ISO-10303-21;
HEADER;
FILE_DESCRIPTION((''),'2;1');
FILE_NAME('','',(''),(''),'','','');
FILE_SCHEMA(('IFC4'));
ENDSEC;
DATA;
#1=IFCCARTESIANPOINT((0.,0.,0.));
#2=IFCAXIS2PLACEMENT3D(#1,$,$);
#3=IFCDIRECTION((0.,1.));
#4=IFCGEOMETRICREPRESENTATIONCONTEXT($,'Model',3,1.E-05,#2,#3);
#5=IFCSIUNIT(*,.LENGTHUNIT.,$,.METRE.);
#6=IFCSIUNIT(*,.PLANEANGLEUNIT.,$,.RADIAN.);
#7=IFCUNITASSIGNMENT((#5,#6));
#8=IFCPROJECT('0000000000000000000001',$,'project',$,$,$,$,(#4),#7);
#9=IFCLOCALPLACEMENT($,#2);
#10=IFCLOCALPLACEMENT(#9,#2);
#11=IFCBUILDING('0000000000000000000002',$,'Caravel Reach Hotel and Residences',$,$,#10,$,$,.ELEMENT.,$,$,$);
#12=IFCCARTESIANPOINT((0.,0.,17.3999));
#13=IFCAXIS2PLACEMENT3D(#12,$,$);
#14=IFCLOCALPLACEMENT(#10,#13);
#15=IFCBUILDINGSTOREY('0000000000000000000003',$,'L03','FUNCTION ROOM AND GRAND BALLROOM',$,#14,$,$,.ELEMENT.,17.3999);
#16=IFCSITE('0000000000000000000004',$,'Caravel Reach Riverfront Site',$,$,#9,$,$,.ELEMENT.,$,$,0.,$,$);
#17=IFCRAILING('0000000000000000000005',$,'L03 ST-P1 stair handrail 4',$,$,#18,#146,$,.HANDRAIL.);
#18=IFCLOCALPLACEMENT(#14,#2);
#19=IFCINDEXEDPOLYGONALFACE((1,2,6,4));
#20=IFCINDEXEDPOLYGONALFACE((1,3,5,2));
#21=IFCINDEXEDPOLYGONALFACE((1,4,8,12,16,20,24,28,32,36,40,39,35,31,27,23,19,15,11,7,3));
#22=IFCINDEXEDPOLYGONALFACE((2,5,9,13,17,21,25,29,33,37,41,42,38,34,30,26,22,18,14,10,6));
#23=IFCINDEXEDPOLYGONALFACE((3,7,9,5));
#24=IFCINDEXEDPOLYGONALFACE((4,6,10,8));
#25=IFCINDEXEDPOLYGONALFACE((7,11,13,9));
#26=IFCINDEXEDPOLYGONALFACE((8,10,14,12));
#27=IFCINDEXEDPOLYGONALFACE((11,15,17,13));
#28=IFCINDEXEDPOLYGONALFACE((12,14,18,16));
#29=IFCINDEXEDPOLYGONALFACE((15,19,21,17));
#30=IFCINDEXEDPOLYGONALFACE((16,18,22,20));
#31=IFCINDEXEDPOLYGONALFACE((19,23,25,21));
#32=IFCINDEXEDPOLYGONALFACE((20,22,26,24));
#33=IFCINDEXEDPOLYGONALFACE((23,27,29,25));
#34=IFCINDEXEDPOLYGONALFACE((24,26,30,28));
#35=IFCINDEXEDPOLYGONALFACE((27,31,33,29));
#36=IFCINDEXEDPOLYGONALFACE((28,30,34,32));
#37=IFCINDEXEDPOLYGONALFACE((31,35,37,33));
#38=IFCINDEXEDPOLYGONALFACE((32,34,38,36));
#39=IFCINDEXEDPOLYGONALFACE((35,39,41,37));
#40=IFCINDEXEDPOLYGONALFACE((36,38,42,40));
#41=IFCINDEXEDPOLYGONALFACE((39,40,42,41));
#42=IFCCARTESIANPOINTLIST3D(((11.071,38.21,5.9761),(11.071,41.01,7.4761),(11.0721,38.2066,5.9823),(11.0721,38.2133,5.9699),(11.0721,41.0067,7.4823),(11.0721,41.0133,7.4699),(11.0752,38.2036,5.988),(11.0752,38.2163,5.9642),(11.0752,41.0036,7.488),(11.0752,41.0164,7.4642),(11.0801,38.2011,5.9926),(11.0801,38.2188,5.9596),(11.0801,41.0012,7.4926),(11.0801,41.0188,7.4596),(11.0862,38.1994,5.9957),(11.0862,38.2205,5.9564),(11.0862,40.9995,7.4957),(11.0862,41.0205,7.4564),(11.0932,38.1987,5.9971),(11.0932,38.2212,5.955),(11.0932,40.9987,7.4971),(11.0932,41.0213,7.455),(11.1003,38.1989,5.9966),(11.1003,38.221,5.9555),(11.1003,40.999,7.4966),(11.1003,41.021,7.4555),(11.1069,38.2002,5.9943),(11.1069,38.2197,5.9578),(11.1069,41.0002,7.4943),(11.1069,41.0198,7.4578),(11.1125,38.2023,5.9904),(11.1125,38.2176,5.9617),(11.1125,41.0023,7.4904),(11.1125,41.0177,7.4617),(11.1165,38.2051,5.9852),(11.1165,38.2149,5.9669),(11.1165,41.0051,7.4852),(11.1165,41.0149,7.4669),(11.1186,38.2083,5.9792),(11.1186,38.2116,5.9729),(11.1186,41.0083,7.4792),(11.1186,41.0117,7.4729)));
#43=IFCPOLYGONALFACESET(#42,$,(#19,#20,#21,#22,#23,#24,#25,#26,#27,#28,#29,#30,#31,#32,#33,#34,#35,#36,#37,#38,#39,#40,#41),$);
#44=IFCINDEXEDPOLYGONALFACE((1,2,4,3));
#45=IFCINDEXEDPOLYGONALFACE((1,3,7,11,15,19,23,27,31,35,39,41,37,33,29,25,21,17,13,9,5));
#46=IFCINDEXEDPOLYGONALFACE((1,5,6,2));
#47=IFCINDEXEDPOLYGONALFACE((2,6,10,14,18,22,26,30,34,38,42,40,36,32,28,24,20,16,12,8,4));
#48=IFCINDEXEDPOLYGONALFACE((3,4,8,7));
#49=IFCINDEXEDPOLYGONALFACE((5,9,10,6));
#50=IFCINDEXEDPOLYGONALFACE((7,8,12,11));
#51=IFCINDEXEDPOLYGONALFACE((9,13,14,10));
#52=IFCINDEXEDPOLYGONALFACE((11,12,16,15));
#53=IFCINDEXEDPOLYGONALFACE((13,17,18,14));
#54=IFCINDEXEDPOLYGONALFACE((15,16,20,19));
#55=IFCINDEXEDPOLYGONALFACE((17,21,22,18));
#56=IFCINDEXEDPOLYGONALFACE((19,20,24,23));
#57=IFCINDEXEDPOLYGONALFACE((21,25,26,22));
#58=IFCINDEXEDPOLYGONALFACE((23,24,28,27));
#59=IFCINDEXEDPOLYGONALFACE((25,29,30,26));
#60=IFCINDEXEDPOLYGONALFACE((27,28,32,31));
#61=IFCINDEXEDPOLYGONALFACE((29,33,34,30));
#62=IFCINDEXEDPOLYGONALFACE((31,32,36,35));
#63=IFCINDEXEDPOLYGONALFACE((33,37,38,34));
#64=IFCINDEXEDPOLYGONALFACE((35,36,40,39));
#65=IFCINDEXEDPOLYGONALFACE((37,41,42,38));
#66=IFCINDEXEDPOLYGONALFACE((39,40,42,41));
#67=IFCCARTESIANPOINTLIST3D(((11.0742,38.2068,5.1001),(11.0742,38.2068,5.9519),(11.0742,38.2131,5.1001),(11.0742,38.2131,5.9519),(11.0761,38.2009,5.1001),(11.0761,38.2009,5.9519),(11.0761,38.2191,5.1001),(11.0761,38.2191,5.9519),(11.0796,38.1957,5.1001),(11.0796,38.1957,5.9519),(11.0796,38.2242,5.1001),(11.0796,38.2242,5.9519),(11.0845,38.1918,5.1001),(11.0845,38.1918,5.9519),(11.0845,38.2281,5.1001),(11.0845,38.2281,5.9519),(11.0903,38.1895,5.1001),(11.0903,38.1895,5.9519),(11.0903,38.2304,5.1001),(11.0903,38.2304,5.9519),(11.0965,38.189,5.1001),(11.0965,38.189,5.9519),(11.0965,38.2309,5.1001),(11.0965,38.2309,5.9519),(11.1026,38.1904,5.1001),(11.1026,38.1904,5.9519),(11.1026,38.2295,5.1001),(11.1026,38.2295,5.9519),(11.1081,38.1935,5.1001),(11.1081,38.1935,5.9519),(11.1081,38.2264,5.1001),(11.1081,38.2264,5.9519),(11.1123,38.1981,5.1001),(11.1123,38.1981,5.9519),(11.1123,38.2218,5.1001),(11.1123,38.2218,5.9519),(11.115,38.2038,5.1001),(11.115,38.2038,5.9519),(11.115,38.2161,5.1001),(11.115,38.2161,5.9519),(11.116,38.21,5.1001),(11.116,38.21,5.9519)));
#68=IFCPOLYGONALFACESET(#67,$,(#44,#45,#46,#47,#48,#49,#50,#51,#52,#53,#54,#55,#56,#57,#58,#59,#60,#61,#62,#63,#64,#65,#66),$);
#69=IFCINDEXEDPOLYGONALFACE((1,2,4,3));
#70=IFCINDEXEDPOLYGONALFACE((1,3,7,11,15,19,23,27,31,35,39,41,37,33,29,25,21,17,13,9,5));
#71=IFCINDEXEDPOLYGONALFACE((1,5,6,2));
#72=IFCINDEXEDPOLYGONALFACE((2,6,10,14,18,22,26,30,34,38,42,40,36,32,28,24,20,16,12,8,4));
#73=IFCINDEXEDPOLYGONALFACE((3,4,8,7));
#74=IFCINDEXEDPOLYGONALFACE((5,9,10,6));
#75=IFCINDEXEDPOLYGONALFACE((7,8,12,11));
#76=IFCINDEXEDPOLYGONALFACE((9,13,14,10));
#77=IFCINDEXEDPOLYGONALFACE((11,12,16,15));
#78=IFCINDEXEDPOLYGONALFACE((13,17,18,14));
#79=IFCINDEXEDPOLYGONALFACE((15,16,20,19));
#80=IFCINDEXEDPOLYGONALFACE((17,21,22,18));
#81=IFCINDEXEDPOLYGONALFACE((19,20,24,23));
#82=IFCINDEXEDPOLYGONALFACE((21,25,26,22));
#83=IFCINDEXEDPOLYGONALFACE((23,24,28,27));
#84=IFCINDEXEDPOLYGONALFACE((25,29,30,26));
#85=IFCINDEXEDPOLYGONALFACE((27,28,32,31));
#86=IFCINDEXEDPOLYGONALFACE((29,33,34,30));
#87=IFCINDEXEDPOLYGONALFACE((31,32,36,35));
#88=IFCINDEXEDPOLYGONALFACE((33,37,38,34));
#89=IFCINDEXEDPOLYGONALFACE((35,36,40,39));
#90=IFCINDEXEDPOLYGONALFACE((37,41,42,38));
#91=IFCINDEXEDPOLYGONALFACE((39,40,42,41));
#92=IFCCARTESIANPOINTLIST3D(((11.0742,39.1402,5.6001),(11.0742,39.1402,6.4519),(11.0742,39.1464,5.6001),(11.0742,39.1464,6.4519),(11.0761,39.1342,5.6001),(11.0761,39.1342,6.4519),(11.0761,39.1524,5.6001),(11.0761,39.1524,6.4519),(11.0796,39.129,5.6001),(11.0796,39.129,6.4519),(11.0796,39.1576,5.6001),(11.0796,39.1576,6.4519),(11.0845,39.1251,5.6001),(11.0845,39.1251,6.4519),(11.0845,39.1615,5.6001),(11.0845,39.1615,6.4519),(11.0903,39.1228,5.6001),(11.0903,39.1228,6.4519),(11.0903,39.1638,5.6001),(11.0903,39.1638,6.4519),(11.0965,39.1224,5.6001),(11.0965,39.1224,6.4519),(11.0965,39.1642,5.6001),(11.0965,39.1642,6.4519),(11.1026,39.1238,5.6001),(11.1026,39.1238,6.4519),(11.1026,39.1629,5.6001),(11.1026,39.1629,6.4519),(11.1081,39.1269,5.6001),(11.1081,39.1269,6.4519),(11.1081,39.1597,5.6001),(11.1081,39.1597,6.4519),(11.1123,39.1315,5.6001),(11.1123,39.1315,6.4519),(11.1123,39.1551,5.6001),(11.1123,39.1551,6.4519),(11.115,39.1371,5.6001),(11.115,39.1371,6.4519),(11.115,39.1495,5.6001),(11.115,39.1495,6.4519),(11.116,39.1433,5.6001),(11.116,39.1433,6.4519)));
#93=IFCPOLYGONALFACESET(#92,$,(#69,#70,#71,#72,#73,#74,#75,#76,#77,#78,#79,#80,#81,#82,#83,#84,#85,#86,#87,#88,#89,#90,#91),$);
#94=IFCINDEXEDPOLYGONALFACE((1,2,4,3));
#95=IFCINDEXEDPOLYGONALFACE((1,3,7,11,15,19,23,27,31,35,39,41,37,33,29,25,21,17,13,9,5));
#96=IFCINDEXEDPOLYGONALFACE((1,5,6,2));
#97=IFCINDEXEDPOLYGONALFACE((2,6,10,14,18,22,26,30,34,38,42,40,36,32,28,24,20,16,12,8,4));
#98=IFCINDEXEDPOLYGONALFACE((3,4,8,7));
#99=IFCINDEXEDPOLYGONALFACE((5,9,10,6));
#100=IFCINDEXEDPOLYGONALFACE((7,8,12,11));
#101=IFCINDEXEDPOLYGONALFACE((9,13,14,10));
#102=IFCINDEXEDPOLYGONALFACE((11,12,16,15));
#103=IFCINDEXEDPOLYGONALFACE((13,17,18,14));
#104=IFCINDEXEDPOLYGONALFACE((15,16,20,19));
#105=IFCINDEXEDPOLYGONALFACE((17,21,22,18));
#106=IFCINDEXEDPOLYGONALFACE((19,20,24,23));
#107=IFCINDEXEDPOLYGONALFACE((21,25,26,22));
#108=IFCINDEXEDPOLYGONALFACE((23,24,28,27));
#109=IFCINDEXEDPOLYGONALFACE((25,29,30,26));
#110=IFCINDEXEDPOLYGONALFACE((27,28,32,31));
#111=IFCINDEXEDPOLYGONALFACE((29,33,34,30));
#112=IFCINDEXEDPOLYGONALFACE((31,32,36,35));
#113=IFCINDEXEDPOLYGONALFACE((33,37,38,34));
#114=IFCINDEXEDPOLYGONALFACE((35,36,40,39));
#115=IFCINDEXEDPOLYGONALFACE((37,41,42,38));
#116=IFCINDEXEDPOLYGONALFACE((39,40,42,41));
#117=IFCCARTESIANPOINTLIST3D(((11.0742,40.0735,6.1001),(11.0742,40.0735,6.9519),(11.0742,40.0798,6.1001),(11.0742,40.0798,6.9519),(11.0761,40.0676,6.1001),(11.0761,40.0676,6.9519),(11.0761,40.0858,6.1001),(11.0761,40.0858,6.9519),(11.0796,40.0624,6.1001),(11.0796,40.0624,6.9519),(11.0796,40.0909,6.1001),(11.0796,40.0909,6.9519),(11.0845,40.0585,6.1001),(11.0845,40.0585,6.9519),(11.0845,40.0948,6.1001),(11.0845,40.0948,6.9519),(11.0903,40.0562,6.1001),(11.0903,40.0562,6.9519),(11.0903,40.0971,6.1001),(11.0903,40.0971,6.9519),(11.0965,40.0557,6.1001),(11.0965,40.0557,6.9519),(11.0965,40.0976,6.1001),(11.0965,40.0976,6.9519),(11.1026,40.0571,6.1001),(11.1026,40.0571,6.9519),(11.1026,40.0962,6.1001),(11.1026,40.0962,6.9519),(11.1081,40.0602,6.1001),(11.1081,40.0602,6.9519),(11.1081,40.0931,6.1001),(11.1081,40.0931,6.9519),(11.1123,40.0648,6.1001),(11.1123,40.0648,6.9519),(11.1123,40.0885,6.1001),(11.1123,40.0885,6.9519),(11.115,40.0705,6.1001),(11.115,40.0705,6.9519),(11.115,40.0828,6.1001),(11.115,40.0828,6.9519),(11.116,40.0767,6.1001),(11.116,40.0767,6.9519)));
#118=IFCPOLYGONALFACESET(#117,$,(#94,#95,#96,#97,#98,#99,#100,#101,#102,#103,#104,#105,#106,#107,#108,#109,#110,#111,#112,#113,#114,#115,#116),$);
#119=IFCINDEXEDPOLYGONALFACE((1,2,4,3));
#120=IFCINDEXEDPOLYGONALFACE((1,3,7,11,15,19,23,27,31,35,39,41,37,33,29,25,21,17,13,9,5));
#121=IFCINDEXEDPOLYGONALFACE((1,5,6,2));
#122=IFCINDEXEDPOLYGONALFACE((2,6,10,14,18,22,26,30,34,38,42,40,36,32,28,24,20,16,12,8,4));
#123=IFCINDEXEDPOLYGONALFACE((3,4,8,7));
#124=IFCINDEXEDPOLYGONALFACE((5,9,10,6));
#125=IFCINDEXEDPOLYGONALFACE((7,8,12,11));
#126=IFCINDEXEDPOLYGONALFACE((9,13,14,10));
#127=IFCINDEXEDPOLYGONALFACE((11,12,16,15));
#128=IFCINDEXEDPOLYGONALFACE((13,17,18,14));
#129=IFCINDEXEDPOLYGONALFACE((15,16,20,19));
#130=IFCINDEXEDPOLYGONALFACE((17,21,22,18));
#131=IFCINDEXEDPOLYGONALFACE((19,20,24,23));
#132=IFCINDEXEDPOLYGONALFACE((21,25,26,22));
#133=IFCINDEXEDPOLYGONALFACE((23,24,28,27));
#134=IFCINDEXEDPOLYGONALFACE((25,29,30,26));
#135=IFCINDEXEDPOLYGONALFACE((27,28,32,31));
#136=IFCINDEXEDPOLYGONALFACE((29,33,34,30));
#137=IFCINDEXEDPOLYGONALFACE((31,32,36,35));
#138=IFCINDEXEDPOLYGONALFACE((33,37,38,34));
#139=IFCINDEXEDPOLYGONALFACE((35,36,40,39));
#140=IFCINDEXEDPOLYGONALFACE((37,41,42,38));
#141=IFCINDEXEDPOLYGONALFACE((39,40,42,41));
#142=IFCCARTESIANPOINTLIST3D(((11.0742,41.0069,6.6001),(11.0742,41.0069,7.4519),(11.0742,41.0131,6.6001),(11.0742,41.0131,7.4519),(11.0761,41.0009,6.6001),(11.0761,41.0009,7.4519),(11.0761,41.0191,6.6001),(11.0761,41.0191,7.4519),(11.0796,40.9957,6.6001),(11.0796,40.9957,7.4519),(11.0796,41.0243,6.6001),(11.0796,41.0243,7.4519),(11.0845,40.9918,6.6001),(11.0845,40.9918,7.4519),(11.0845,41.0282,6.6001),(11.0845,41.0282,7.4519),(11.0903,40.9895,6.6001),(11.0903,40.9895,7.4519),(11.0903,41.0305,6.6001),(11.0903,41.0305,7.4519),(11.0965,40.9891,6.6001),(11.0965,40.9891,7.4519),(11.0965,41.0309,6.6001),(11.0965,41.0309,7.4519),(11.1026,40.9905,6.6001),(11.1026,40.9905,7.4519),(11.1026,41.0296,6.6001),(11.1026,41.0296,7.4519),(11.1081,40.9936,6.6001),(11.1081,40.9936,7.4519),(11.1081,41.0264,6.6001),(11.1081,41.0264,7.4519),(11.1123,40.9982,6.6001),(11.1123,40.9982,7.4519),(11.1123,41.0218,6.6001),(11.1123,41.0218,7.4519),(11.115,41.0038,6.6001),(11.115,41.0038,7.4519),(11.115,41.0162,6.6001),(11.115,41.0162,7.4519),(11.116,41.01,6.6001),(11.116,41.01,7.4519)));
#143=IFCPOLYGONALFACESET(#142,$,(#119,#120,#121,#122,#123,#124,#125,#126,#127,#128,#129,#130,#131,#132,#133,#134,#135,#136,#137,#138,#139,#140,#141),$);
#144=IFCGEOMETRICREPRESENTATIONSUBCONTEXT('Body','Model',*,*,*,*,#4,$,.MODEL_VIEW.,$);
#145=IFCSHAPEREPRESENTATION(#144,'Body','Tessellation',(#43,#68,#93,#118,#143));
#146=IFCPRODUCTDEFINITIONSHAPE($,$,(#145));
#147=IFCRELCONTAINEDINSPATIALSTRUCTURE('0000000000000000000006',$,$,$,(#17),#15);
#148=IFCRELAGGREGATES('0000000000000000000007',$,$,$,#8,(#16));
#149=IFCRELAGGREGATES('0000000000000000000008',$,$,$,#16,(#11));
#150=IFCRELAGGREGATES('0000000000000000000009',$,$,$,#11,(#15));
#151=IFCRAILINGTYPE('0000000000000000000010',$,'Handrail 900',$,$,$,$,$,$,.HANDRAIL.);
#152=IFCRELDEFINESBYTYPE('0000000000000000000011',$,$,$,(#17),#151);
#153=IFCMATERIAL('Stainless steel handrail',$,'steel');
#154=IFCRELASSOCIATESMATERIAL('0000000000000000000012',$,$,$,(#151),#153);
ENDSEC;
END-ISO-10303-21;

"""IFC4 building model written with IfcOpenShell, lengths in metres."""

from ifc_helpers import new_model, si_unit, direction, frame, origin, origin_2d, place, context, subcontext, project, spatial, circle, extrude, material, type_object, element, save


model = new_model("IFC4")

# Units and contexts
model_context = context("Model", 3, precision=1e-05, world=origin(), true_north=direction((0.0, 1.0)))
body_context = subcontext(model_context, "Body", "Model", "MODEL_VIEW")
ifc_project = project(units=[si_unit("LENGTHUNIT", "METRE"), si_unit("PLANEANGLEUNIT", "RADIAN")], contexts=[model_context])

# Site, building, storey
site_placement = place(None, origin())
site = spatial("IfcSite", under=ifc_project, at=site_placement, Name="Caravel Reach Riverfront Site", CompositionType="ELEMENT", RefElevation=0.0)
building_placement = place(site_placement, origin())
building = spatial("IfcBuilding", under=site, at=building_placement, Name="Caravel Reach Hotel and Residences", CompositionType="ELEMENT")
storey_placement = place(building_placement, frame((0.0, 0.0, 17.3999)))
storey = spatial("IfcBuildingStorey", under=building, at=storey_placement, Name="L03", Description="FUNCTION ROOM AND GRAND BALLROOM", CompositionType="ELEMENT", Elevation=17.3999)

# Railing
ifc_material_1 = material(Name="Stainless steel handrail", Category="steel")
railing_type_1 = type_object("IfcRailingType", Name="Handrail 900", PredefinedType="HANDRAIL", material=ifc_material_1)
for number, where, name in (
    (1, (11.095, 38.21, 5.1001), "L03 ST-P1 stair handrail 4"),
):
    element("IfcRailing", number, at=place(storey_placement, frame(where)), inside=storey, type_object=railing_type_1, Name=name, PredefinedType="HANDRAIL", context=body_context, shape_type="SweptSolid", body=[
        extrude(circle(Radius=0.0239, at=origin_2d()), frame((0.0, 0.0, 0.876), z_axis=(0.0, 0.881483, 0.472215), x_axis=(-1.0, 0.0, 0.0)), (0.0, 0.0, 1.0), 3.1765),
        extrude(circle(Radius=0.021, at=origin_2d()), origin(), (0.0, 0.0, 1.0), 0.8518),
        extrude(circle(Radius=0.021, at=origin_2d()), frame((0.0, 0.9333, 0.5)), (0.0, 0.0, 1.0), 0.8518),
        extrude(circle(Radius=0.021, at=origin_2d()), frame((0.0, 1.8667, 1.0)), (0.0, 0.0, 1.0), 0.8518),
        extrude(circle(Radius=0.021, at=origin_2d()), frame((0.0, 2.8, 1.5)), (0.0, 0.0, 1.0), 0.8518),
    ])

save(model, "model.ifc")
